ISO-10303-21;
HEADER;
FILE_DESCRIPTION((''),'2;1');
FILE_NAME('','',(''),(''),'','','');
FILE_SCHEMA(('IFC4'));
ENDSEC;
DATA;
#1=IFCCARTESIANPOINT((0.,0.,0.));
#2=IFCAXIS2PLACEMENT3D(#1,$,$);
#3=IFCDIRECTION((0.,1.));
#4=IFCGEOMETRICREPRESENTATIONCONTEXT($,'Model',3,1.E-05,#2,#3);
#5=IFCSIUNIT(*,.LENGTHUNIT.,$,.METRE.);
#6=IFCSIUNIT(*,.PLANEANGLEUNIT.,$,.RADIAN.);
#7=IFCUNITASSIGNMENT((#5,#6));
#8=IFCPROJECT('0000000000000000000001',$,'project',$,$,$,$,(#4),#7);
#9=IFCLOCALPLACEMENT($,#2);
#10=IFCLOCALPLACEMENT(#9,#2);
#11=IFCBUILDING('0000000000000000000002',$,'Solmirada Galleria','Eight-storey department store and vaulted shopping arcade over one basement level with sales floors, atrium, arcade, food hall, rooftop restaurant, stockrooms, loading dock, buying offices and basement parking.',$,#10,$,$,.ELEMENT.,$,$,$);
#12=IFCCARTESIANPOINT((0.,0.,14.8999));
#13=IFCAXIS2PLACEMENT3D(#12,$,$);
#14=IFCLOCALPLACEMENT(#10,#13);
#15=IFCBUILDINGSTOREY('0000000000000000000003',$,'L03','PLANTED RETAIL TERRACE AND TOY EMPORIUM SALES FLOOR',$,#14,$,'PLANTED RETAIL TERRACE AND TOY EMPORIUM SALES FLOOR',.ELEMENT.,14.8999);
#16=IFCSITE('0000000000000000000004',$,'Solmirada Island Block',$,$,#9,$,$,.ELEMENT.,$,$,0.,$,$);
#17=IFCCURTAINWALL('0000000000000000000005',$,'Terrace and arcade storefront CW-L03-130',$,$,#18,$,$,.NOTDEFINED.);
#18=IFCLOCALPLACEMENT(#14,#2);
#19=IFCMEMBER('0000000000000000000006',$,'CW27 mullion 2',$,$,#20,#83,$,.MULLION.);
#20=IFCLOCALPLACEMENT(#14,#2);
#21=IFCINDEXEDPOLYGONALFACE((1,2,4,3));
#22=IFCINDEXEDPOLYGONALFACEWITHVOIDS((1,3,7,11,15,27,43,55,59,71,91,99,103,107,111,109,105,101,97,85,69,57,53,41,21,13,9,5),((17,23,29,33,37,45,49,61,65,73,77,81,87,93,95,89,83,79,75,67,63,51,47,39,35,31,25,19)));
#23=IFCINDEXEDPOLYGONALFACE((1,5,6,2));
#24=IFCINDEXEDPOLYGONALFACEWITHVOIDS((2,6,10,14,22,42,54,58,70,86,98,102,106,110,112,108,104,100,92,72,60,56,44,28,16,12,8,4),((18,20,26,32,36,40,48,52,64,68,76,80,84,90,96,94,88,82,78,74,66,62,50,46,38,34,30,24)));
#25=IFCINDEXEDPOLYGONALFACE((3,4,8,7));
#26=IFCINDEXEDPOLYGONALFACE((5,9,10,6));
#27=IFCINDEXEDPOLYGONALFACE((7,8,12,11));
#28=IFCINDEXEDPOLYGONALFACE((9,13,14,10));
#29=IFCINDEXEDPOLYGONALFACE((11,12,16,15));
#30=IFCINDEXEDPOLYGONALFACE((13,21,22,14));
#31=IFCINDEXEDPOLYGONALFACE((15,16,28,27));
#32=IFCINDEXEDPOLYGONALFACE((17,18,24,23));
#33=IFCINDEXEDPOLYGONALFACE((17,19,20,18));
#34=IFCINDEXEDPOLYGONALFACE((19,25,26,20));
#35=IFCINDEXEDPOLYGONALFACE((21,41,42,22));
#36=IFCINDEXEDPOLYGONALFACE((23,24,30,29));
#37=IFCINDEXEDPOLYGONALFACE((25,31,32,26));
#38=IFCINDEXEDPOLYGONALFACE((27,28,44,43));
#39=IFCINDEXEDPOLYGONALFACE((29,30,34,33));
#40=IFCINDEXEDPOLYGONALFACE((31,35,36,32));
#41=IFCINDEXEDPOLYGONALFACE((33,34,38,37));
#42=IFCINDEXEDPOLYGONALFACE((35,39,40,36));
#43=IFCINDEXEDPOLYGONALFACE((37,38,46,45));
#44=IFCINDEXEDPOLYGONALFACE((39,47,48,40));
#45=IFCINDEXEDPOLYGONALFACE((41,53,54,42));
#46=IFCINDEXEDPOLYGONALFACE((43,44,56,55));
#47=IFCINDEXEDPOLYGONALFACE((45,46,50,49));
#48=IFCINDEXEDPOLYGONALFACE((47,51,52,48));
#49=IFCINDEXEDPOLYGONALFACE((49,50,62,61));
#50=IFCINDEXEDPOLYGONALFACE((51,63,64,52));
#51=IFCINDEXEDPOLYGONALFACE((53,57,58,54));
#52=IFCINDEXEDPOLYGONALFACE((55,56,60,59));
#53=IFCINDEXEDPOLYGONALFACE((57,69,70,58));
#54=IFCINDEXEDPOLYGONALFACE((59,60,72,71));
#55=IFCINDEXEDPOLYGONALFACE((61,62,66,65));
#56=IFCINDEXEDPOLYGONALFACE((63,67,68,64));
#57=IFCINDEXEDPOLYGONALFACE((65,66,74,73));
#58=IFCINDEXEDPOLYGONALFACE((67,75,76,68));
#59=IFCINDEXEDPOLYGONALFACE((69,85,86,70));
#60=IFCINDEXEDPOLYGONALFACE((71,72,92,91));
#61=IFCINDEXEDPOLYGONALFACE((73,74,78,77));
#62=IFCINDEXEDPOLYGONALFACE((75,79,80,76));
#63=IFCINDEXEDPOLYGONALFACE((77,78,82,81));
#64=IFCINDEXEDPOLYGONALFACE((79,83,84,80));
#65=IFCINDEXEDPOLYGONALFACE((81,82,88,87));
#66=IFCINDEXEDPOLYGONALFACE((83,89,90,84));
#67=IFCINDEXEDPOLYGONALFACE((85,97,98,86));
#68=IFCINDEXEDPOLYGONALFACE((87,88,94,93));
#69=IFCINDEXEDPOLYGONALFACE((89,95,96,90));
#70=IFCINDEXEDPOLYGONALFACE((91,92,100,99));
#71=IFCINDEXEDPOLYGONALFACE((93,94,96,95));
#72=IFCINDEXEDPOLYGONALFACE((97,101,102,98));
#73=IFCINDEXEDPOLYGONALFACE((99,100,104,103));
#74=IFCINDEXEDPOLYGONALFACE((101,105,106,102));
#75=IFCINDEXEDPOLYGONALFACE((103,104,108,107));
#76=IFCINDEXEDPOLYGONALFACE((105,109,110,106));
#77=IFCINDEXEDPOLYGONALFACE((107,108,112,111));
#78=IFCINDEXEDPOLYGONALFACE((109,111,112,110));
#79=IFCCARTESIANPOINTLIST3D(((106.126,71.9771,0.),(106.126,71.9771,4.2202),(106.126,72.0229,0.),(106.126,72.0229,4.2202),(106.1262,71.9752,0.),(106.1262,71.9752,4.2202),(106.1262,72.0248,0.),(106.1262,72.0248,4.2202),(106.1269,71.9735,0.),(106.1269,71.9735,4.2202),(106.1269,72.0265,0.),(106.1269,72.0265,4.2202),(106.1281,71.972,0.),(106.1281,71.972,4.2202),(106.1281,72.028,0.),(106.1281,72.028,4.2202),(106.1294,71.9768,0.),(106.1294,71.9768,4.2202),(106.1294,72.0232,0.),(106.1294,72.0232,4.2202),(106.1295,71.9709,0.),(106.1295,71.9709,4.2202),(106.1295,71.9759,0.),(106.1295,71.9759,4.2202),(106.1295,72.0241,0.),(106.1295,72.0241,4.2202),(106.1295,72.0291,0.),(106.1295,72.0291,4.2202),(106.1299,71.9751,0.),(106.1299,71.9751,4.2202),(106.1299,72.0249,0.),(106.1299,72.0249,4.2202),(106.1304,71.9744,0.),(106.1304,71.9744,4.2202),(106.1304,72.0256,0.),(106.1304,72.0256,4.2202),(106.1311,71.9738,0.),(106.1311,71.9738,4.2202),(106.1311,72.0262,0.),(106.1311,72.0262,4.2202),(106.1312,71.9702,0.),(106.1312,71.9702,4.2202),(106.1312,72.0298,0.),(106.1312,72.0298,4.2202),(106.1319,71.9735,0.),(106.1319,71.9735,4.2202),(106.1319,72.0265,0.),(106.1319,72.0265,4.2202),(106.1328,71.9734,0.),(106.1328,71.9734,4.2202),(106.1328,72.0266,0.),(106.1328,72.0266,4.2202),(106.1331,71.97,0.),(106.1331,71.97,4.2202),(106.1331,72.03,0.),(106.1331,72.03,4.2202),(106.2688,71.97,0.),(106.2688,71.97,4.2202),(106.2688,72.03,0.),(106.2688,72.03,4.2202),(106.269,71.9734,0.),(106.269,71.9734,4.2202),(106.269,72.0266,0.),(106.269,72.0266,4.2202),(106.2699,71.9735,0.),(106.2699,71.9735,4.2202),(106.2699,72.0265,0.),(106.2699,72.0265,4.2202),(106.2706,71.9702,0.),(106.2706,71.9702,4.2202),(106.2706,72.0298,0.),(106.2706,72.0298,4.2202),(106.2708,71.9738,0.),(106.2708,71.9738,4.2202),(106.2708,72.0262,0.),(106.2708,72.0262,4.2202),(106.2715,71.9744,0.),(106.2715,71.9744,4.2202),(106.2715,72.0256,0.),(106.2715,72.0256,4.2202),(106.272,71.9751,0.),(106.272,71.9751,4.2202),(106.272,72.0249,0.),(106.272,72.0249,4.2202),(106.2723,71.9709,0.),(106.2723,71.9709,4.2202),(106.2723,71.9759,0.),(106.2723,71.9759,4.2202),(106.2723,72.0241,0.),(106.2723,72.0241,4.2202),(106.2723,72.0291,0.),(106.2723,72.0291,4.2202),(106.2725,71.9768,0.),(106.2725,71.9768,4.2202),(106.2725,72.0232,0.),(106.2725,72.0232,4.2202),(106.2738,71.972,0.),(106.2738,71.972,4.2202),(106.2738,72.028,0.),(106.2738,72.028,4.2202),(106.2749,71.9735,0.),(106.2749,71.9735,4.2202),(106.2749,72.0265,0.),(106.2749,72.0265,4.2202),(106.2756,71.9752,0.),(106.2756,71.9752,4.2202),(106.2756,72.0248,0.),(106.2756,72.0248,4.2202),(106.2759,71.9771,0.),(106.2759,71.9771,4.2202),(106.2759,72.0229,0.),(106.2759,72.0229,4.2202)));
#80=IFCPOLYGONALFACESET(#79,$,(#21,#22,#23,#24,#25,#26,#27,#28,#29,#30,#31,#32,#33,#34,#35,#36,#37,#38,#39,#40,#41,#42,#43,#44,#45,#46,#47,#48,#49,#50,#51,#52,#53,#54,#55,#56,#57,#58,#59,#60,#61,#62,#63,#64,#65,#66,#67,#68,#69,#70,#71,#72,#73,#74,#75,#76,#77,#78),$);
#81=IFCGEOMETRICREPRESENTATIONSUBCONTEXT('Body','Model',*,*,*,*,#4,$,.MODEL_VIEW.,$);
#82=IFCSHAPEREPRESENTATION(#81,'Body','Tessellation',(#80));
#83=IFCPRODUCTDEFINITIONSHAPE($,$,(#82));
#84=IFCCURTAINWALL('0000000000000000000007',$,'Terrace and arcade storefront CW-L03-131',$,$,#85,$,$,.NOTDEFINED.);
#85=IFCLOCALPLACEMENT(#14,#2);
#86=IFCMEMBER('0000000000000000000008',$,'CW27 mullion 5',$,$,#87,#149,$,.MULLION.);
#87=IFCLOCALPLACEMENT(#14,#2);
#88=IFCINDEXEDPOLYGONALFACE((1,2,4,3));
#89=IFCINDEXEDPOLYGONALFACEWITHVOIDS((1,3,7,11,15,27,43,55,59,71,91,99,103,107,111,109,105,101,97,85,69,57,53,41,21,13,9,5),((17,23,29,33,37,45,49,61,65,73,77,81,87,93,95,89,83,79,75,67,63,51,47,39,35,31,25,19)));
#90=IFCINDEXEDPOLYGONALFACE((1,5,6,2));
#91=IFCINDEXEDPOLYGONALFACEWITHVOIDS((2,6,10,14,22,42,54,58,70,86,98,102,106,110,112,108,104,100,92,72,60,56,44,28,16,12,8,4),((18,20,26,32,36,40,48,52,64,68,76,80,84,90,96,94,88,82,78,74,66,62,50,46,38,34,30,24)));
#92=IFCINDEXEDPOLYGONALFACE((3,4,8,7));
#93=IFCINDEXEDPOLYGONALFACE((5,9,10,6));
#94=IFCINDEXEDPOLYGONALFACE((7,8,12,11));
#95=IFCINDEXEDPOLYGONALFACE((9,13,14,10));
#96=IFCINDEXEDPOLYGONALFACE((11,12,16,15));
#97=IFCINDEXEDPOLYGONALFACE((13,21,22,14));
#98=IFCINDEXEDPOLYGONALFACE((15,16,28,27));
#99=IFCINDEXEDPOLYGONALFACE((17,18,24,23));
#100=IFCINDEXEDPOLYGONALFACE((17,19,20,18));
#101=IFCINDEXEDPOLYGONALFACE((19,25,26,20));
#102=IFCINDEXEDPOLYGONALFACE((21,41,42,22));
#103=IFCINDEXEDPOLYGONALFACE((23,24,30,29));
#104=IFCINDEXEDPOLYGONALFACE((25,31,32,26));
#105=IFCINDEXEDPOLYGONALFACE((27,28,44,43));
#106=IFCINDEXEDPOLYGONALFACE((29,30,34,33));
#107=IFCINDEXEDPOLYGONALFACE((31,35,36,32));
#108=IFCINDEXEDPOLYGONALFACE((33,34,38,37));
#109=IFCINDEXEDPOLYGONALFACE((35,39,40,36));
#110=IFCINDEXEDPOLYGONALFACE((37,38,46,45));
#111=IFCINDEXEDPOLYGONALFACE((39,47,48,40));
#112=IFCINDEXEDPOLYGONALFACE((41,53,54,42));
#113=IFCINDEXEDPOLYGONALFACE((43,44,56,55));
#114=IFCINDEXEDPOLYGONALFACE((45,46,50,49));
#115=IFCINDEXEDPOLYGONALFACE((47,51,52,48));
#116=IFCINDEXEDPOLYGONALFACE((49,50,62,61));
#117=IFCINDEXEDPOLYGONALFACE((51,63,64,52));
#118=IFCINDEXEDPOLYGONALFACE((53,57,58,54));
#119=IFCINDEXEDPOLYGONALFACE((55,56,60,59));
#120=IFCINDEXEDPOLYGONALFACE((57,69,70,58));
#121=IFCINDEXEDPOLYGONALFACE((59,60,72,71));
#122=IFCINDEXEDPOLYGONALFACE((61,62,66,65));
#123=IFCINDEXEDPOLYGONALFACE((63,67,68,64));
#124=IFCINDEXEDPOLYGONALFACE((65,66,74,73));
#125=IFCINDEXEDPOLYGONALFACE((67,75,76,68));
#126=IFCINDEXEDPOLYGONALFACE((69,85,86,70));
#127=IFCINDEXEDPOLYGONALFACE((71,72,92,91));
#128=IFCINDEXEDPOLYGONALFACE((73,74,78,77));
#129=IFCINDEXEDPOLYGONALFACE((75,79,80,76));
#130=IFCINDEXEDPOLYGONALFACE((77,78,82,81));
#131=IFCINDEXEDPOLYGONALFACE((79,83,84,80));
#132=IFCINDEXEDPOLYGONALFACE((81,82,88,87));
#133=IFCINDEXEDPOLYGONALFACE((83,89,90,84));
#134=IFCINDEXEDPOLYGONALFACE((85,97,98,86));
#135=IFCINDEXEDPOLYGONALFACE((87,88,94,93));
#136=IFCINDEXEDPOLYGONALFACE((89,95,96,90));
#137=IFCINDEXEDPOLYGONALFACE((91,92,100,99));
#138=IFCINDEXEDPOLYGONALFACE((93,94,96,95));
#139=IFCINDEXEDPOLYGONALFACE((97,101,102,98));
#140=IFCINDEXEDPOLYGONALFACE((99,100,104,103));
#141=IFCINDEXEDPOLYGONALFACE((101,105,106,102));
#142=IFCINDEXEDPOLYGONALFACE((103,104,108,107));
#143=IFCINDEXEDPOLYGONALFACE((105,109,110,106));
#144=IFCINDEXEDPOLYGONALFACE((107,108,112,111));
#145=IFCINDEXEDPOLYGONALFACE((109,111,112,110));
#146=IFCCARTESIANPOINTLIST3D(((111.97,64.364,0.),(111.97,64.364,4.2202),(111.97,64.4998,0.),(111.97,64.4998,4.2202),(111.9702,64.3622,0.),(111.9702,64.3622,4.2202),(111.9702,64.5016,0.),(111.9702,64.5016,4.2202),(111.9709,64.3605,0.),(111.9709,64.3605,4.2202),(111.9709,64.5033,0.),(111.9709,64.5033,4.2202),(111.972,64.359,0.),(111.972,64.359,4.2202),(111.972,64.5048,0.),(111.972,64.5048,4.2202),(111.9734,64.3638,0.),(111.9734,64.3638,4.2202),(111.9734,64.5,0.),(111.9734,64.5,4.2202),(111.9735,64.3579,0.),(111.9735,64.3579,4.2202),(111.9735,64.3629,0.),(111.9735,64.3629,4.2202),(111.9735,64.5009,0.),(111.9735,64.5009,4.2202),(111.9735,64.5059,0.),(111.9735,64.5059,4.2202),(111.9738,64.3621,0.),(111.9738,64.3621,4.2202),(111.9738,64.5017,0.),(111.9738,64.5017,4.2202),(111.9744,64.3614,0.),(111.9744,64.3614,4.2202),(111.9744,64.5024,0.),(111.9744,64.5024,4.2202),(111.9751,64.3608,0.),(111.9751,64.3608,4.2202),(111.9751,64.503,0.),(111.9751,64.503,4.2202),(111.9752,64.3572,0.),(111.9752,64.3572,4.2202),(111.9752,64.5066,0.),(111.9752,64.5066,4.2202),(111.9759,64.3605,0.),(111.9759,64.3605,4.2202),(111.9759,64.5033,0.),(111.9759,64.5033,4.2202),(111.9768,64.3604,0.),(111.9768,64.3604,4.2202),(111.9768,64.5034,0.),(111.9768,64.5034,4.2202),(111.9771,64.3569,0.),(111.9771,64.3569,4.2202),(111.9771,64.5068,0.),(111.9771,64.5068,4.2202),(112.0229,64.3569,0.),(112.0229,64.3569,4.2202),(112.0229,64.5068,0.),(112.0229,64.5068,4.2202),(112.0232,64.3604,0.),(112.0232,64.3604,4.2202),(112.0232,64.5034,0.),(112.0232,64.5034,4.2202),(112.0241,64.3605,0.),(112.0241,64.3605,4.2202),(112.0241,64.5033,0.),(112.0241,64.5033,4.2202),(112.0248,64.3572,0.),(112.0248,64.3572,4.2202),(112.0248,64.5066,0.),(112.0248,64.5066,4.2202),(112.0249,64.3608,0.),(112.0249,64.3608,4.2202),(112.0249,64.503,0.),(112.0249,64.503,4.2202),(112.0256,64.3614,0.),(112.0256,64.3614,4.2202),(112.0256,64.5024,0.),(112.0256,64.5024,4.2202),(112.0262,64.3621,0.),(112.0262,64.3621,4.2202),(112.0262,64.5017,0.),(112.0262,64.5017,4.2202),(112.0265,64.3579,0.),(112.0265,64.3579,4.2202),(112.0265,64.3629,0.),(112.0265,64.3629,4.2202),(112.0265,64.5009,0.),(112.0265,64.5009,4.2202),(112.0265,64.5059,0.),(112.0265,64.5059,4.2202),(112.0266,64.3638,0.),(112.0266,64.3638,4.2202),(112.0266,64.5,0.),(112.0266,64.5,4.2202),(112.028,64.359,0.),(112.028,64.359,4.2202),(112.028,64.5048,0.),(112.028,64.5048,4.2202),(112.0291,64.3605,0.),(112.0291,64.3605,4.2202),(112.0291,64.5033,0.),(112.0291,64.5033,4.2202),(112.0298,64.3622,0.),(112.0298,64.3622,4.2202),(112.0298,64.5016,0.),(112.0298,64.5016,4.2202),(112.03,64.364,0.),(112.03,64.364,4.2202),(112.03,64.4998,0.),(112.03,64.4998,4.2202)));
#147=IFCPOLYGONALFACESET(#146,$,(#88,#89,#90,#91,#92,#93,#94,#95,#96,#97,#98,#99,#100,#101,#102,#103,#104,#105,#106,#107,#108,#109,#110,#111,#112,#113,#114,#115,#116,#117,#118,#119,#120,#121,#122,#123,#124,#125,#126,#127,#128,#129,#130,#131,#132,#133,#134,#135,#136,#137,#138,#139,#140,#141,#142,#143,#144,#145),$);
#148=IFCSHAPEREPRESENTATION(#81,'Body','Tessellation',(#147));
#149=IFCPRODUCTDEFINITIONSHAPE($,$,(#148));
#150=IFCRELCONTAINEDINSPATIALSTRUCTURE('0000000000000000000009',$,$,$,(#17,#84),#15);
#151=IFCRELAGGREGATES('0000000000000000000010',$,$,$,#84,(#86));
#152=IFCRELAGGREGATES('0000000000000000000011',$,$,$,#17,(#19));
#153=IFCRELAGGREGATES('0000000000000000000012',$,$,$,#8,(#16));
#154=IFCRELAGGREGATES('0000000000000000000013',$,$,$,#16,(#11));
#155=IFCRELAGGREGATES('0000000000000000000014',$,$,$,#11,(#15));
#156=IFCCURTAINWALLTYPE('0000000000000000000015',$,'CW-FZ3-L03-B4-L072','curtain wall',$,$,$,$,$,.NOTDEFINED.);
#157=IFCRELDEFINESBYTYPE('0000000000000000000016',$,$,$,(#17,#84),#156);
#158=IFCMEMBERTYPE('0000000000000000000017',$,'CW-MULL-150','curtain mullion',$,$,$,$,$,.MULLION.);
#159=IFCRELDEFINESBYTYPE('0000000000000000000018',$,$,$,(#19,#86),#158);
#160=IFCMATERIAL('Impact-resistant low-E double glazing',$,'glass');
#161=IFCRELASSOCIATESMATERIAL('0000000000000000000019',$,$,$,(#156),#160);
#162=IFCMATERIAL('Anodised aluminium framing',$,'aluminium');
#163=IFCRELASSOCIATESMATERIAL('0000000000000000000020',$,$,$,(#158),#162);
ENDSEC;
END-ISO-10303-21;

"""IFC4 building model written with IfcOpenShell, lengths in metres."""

from ifc_helpers import new_model, si_unit, direction, frame, origin, origin_2d, place, context, subcontext, project, spatial, hollow_rectangle, extrude, material, material_profile, profile_set, type_object, element, aggregate, save


model = new_model("IFC4")

# Units and contexts
model_context = context("Model", 3, precision=1e-05, world=origin(), true_north=direction((0.0, 1.0)))
body_context = subcontext(model_context, "Body", "Model", "MODEL_VIEW")
ifc_project = project(units=[si_unit("LENGTHUNIT", "METRE"), si_unit("PLANEANGLEUNIT", "RADIAN")], contexts=[model_context])

# Site, building, storey
site_placement = place(None, origin())
site = spatial("IfcSite", under=ifc_project, at=site_placement, Name="Solmirada Island Block", CompositionType="ELEMENT", RefElevation=0.0)
building_placement = place(site_placement, origin())
building = spatial("IfcBuilding", under=site, at=building_placement, Name="Solmirada Galleria", Description="Eight-storey department store and vaulted shopping arcade over one basement level with sales floors, atrium, arcade, food hall, rooftop restaurant, stockrooms, loading dock, buying offices and basement parking.", CompositionType="ELEMENT")
storey_placement = place(building_placement, frame((0.0, 0.0, 14.8999)))
storey = spatial("IfcBuildingStorey", under=building, at=storey_placement, Name="L03", Description="PLANTED RETAIL TERRACE AND TOY EMPORIUM SALES FLOOR", LongName="PLANTED RETAIL TERRACE AND TOY EMPORIUM SALES FLOOR", CompositionType="ELEMENT", Elevation=14.8999)

# Shared definitions
ifc_material_1 = material(Name="Impact-resistant low-E double glazing", Category="glass")
curtain_wall_type = type_object("IfcCurtainWallType", Name="CW-FZ3-L03-B4-L072", Description="curtain wall", PredefinedType="NOTDEFINED", material=ifc_material_1)
ifc_material_2 = material(Name="Anodised aluminium framing", Category="aluminium")
ifc_material_profile_1 = material_profile(ifc_material_2, hollow_rectangle(XDim=0.0601, YDim=0.1499, WallThickness=0.0034, InnerFilletRadius=0.0034, OuterFilletRadius=0.0071, at=origin_2d()), Name="ALU-MULL-150X60")
ifc_profile_set_1 = profile_set([ifc_material_profile_1], Name="Anodised aluminium framing")
member_type_1 = type_object("IfcMemberType", Name="CW-MULL-150", Description="curtain mullion", PredefinedType="MULLION", material=ifc_profile_set_1)

# Curtain wall, member
curtain_wall_1_placement = place(storey_placement, origin())
curtain_wall_1 = element("IfcCurtainWall", 1, at=curtain_wall_1_placement, inside=storey, type_object=curtain_wall_type, Name="Terrace and arcade storefront CW-L03-130", PredefinedType="NOTDEFINED")
member_1_placement = place(storey_placement, frame((106.2009, 72.0, 0.0), z_axis=(0.0, 0.0, 1.0), x_axis=(0.0, 1.0, 0.0)))
member_1 = element("IfcMember", 2, at=member_1_placement, type_object=member_type_1, Name="CW27 mullion 2", PredefinedType="MULLION", context=body_context, shape_type="SweptSolid", body=[
    extrude(hollow_rectangle(XDim=0.0601, YDim=0.1499, WallThickness=0.0034, InnerFilletRadius=0.0034, OuterFilletRadius=0.0071, at=origin_2d()), origin(), (0.0, 0.0, 1.0), 4.2202),
])

# Curtain wall, member
curtain_wall_2_placement = place(storey_placement, origin())
curtain_wall_2 = element("IfcCurtainWall", 3, at=curtain_wall_2_placement, inside=storey, type_object=curtain_wall_type, Name="Terrace and arcade storefront CW-L03-131", PredefinedType="NOTDEFINED")
member_2_placement = place(storey_placement, frame((112.0, 64.4319, 0.0), z_axis=(0.0, 0.0, 1.0), x_axis=(1.0, 0.0, 0.0)))
member_2 = element("IfcMember", 4, at=member_2_placement, type_object=member_type_1, Name="CW27 mullion 5", PredefinedType="MULLION", context=body_context, shape_type="SweptSolid", body=[
    extrude(hollow_rectangle(XDim=0.0601, YDim=0.1499, WallThickness=0.0034, InnerFilletRadius=0.0034, OuterFilletRadius=0.0071, at=origin_2d()), origin(), (0.0, 0.0, 1.0), 4.2202),
])
aggregate(curtain_wall_2, [member_2])

aggregate(curtain_wall_1, [member_1])

save(model, "model.ifc")
